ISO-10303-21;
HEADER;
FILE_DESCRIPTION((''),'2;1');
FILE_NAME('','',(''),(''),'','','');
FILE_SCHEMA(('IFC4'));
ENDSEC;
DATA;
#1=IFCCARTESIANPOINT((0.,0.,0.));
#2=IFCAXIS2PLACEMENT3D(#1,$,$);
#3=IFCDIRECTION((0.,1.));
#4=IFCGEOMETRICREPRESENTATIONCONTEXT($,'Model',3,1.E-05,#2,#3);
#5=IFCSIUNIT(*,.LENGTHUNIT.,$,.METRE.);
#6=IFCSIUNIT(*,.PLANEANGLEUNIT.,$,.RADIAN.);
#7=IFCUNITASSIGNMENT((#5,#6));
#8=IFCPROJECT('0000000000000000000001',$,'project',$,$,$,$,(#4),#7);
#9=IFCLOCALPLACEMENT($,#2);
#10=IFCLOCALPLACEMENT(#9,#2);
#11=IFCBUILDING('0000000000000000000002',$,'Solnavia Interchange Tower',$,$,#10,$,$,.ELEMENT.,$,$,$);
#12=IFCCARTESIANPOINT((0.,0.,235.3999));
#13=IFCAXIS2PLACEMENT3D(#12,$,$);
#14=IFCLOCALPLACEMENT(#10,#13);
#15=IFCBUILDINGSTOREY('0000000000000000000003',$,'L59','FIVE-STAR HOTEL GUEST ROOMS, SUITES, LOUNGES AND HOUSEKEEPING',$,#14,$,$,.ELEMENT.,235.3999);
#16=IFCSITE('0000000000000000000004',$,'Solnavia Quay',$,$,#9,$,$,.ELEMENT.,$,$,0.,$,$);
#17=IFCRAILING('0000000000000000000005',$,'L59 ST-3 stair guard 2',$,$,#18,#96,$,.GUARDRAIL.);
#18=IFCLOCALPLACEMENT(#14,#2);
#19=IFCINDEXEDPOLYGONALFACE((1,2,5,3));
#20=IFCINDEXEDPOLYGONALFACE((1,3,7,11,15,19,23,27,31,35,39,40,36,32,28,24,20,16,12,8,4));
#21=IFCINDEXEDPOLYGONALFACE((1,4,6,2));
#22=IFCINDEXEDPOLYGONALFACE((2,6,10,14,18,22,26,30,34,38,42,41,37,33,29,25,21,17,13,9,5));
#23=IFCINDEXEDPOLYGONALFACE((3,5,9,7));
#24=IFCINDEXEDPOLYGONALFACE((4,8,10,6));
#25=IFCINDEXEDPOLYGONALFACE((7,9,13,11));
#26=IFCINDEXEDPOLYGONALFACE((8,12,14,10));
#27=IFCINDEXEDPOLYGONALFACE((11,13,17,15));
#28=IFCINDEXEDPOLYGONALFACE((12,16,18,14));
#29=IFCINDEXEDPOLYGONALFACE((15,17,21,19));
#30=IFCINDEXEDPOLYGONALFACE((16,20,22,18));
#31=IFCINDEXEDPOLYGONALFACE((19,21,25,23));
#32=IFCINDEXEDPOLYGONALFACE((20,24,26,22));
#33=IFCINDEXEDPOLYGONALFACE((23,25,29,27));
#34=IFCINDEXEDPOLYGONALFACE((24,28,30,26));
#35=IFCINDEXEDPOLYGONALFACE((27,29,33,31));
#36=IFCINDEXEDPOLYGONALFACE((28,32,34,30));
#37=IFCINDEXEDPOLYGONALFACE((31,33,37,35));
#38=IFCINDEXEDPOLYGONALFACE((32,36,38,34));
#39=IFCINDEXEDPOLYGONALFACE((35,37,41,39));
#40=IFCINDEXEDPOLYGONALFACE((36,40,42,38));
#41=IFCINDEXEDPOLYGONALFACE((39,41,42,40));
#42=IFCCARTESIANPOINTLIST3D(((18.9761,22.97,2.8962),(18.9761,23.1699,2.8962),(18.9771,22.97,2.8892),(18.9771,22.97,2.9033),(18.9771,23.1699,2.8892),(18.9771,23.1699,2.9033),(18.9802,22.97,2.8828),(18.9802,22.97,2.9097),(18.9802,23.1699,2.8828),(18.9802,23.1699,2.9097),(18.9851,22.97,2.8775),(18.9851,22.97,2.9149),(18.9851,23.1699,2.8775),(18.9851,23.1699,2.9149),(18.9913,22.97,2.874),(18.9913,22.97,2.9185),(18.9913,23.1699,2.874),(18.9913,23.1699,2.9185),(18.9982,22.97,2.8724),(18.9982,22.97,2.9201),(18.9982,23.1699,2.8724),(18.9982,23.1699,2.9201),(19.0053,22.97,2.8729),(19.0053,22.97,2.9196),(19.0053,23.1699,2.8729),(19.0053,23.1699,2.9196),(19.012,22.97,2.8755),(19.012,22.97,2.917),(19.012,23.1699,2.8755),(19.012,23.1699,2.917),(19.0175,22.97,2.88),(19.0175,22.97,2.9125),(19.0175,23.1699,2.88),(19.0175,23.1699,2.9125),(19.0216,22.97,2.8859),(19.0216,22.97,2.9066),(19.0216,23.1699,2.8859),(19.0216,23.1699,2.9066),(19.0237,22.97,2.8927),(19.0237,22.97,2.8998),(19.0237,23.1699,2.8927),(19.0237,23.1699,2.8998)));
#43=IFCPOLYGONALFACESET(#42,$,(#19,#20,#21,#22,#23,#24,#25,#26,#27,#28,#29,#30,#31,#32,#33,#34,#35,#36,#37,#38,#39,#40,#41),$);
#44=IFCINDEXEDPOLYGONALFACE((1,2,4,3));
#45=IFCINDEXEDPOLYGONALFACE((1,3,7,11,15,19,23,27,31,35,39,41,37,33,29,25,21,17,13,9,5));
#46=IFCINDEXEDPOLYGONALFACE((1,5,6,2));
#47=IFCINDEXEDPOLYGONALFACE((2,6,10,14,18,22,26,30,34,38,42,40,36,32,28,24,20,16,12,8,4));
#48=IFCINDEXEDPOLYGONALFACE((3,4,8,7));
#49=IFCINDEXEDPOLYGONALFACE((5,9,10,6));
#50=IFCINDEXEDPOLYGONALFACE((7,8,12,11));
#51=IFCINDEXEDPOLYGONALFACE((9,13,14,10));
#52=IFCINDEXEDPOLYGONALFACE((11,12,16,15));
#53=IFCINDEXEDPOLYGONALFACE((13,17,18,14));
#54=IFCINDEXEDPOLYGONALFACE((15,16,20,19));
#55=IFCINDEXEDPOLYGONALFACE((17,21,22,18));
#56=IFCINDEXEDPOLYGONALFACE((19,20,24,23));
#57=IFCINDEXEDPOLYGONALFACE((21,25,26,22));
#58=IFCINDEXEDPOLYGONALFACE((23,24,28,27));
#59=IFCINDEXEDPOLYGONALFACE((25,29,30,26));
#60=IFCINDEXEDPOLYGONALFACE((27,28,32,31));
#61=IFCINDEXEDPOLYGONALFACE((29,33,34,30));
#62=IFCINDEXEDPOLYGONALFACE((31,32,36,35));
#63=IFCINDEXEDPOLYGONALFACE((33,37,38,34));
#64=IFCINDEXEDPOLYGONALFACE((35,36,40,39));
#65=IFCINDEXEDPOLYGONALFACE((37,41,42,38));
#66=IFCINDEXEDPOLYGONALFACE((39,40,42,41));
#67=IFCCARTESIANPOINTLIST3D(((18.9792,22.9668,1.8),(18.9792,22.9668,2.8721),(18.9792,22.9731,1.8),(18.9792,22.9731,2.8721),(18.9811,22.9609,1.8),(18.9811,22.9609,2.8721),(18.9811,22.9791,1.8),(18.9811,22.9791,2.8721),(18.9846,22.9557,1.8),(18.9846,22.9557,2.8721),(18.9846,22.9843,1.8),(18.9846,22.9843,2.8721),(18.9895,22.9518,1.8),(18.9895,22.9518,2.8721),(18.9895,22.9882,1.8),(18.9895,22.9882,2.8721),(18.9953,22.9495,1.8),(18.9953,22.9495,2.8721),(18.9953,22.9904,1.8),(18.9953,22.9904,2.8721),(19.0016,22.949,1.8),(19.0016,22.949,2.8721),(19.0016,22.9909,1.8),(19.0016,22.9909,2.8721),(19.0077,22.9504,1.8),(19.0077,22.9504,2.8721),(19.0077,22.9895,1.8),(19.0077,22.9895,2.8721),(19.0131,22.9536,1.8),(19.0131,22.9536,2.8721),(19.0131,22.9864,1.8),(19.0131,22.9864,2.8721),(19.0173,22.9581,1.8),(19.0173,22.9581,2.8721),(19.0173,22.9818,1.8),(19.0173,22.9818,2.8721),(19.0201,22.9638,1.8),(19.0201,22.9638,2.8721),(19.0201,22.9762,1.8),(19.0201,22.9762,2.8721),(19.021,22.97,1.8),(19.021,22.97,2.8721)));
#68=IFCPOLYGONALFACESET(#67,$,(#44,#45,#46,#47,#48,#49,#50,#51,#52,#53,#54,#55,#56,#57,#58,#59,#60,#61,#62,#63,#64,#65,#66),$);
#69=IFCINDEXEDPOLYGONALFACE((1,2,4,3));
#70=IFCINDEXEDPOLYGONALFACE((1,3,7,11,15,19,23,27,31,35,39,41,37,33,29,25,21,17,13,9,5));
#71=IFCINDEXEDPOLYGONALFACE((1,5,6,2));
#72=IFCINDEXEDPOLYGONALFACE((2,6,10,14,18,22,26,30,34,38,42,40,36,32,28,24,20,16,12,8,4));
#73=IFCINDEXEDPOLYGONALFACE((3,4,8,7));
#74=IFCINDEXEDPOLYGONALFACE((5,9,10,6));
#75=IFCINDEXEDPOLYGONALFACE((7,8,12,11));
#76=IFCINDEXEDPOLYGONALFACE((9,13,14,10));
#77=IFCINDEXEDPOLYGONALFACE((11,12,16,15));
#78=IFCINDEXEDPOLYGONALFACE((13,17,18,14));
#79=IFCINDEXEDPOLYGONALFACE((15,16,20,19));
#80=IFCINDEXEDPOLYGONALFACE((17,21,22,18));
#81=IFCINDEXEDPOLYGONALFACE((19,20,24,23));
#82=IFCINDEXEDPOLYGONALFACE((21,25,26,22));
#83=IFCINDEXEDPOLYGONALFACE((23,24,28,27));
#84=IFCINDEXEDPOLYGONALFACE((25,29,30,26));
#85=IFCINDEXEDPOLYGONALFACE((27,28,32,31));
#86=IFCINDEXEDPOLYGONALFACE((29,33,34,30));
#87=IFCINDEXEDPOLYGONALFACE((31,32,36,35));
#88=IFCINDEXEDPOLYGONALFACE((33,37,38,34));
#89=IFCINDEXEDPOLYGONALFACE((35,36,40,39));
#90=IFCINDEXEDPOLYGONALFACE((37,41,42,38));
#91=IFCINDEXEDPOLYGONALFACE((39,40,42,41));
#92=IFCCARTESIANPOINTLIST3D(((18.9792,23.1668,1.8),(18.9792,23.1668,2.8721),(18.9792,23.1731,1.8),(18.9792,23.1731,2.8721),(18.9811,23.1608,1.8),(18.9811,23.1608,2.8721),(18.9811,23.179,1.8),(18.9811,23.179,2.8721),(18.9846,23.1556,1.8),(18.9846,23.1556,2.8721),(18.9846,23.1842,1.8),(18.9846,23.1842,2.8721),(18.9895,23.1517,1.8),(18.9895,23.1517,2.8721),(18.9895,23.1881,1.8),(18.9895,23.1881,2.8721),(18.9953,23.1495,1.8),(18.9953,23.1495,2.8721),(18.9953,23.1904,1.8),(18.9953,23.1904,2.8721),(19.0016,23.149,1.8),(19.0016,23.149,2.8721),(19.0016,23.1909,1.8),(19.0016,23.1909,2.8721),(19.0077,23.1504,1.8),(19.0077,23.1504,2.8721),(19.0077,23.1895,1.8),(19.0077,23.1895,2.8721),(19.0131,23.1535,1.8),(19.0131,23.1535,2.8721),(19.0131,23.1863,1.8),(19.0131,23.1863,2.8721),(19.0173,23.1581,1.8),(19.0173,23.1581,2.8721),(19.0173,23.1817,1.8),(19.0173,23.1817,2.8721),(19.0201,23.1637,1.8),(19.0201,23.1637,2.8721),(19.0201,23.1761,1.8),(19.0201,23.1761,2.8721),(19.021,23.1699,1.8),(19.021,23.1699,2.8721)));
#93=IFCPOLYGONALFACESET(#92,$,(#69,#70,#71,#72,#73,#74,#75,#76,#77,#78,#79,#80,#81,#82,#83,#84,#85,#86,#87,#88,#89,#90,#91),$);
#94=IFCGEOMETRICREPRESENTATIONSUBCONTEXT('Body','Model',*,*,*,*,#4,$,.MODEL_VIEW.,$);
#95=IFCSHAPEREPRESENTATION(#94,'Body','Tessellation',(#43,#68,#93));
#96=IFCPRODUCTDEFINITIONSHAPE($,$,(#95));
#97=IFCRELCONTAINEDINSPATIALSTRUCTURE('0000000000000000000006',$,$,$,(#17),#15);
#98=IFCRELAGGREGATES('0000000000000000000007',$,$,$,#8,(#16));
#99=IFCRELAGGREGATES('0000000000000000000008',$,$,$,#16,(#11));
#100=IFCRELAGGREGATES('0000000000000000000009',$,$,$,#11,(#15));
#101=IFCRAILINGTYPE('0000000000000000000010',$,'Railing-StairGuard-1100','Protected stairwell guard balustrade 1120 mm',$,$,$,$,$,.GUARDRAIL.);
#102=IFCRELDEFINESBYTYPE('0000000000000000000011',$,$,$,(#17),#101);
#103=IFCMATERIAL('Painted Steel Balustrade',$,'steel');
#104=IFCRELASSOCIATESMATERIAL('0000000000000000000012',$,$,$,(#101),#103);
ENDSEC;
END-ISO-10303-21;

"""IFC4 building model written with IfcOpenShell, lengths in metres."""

from ifc_helpers import new_model, si_unit, direction, frame, origin, origin_2d, place, context, subcontext, project, spatial, circle, extrude, material, type_object, element, save


model = new_model("IFC4")

# Units and contexts
model_context = context("Model", 3, precision=1e-05, world=origin(), true_north=direction((0.0, 1.0)))
body_context = subcontext(model_context, "Body", "Model", "MODEL_VIEW")
ifc_project = project(units=[si_unit("LENGTHUNIT", "METRE"), si_unit("PLANEANGLEUNIT", "RADIAN")], contexts=[model_context])

# Site, building, storey
site_placement = place(None, origin())
site = spatial("IfcSite", under=ifc_project, at=site_placement, Name="Solnavia Quay", CompositionType="ELEMENT", RefElevation=0.0)
building_placement = place(site_placement, origin())
building = spatial("IfcBuilding", under=site, at=building_placement, Name="Solnavia Interchange Tower", CompositionType="ELEMENT")
storey_placement = place(building_placement, frame((0.0, 0.0, 235.3999)))
storey = spatial("IfcBuildingStorey", under=building, at=storey_placement, Name="L59", Description="FIVE-STAR HOTEL GUEST ROOMS, SUITES, LOUNGES AND HOUSEKEEPING", CompositionType="ELEMENT", Elevation=235.3999)

# Railing
ifc_material_1 = material(Name="Painted Steel Balustrade", Category="steel")
railing_type_1 = type_object("IfcRailingType", Name="Railing-StairGuard-1100", Description="Protected stairwell guard balustrade 1120 mm", PredefinedType="GUARDRAIL", material=ifc_material_1)
railing_1_placement = place(storey_placement, frame((19.0, 22.97, 1.8)))
element("IfcRailing", 1, at=railing_1_placement, inside=storey, type_object=railing_type_1, Name="L59 ST-3 stair guard 2", PredefinedType="GUARDRAIL", context=body_context, shape_type="SweptSolid", body=[
    extrude(circle(Radius=0.0239, at=origin_2d()), frame((0.0, 0.0, 1.0962), z_axis=(0.0, 1.0, 0.0), x_axis=(-1.0, 0.0, 0.0)), (0.0, 0.0, 1.0), 0.2),
    extrude(circle(Radius=0.021, at=origin_2d()), origin(), (0.0, 0.0, 1.0), 1.072),
    extrude(circle(Radius=0.021, at=origin_2d()), frame((0.0, 0.2, 0.0)), (0.0, 0.0, 1.0), 1.072),
])

save(model, "model.ifc")
